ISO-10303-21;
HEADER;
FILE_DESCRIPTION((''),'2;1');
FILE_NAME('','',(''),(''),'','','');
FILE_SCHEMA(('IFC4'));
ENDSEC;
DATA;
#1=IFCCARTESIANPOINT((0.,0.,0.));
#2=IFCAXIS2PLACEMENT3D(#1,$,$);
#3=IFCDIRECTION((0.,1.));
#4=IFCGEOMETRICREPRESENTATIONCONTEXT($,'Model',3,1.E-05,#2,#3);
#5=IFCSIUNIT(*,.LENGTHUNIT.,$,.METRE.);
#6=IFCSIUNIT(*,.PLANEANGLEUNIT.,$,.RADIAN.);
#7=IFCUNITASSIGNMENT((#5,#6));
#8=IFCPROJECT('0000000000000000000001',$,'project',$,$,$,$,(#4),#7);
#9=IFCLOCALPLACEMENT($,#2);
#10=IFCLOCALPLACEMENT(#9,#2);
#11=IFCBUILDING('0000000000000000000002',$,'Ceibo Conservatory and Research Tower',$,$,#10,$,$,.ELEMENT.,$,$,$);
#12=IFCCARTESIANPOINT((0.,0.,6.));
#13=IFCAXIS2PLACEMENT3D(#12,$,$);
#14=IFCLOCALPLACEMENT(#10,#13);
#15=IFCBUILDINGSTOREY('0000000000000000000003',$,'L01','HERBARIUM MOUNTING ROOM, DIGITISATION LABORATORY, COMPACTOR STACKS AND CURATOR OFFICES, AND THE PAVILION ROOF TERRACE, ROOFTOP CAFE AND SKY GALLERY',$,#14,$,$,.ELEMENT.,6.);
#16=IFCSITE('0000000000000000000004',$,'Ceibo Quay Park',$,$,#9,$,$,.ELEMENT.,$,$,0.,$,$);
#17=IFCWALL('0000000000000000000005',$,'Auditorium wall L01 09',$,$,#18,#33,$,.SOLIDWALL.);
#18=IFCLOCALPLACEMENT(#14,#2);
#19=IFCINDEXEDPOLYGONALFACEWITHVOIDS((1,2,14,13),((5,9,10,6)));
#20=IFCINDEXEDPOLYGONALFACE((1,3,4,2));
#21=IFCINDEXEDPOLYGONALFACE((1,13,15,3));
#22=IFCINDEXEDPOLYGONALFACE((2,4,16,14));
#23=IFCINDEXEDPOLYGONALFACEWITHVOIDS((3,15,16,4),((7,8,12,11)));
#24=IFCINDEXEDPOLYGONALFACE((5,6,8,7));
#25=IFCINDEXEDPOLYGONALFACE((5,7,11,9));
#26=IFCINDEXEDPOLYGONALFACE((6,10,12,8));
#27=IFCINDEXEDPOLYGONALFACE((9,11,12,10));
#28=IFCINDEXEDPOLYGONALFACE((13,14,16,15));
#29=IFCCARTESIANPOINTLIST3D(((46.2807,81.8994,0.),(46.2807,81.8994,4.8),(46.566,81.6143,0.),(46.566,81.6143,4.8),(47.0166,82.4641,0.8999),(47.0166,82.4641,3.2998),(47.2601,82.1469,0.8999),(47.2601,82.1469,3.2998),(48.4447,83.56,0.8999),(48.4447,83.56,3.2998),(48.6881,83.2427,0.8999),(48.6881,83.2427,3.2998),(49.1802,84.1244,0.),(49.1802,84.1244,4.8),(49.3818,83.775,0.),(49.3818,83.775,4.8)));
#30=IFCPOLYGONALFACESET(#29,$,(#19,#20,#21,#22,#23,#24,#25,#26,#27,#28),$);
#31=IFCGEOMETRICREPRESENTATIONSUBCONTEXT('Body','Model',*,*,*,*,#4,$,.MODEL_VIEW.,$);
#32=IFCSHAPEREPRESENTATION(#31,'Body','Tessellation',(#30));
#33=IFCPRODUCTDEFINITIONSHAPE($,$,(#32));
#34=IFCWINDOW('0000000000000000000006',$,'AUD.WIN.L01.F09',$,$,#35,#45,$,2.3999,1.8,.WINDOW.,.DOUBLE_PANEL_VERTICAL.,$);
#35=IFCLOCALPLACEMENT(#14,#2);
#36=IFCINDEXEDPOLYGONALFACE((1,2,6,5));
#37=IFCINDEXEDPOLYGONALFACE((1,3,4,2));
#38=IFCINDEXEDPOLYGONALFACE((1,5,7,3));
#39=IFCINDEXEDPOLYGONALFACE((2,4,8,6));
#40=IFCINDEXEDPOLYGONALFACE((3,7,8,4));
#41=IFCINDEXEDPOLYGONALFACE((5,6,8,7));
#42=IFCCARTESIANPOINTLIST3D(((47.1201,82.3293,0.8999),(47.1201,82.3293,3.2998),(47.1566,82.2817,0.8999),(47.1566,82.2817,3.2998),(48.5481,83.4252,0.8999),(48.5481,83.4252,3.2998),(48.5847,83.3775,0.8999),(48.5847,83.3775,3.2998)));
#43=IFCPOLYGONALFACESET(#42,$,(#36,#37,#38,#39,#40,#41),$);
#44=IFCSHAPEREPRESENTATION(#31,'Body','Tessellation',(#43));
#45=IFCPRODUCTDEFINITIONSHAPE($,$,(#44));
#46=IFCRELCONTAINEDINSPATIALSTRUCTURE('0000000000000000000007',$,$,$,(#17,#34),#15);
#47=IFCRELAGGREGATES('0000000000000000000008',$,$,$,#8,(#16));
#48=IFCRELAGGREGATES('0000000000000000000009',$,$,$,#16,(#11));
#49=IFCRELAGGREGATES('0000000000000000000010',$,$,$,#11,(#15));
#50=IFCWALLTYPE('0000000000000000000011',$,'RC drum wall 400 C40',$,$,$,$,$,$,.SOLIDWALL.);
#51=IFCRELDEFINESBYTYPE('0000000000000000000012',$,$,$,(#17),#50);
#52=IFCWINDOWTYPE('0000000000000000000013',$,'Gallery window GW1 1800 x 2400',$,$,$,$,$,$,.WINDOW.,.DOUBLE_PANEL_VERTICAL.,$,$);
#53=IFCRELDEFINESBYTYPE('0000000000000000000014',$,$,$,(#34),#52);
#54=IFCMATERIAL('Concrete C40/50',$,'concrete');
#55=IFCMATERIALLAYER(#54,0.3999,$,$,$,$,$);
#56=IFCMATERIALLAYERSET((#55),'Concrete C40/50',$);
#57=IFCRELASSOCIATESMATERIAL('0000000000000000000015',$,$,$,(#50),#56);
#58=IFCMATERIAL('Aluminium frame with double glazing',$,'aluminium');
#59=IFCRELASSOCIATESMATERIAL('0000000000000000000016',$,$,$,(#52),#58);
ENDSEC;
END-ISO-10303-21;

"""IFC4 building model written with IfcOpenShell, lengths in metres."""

from ifc_helpers import new_model, si_unit, direction, frame, frame_2d, origin, place, context, subcontext, project, spatial, polyline, rectangle, outline, extrude, material, layer, layer_set, type_object, element, fill, save


model = new_model("IFC4")

# Units and contexts
model_context = context("Model", 3, precision=1e-05, world=origin(), true_north=direction((0.0, 1.0)))
body_context = subcontext(model_context, "Body", "Model", "MODEL_VIEW")
ifc_project = project(units=[si_unit("LENGTHUNIT", "METRE"), si_unit("PLANEANGLEUNIT", "RADIAN")], contexts=[model_context])

# Site, building, storey
site_placement = place(None, origin())
site = spatial("IfcSite", under=ifc_project, at=site_placement, Name="Ceibo Quay Park", CompositionType="ELEMENT", RefElevation=0.0)
building_placement = place(site_placement, origin())
building = spatial("IfcBuilding", under=site, at=building_placement, Name="Ceibo Conservatory and Research Tower", CompositionType="ELEMENT")
storey_placement = place(building_placement, frame((0.0, 0.0, 6.0)))
storey = spatial("IfcBuildingStorey", under=building, at=storey_placement, Name="L01", Description="HERBARIUM MOUNTING ROOM, DIGITISATION LABORATORY, COMPACTOR STACKS AND CURATOR OFFICES, AND THE PAVILION ROOF TERRACE, ROOFTOP CAFE AND SKY GALLERY", CompositionType="ELEMENT", Elevation=6.0)

# Shared definitions
ifc_material_1 = material(Name="Concrete C40/50", Category="concrete")
ifc_layer_1 = layer(ifc_material_1, 0.3999)
ifc_layer_set_1 = layer_set([ifc_layer_1], Name="Concrete C40/50")
wall_type_1 = type_object("IfcWallType", Name="RC drum wall 400 C40", PredefinedType="SOLIDWALL", material=ifc_layer_set_1)
ifc_material_2 = material(Name="Aluminium frame with double glazing", Category="aluminium")
window_type = type_object("IfcWindowType", Name="Gallery window GW1 1800 x 2400", PartitioningType="DOUBLE_PANEL_VERTICAL", PredefinedType="WINDOW", material=ifc_material_2)

# Wall, opening, window
wall_1_placement = place(storey_placement, frame((49.281, 83.9497, 0.0), z_axis=(0.0, 0.0, 1.0), x_axis=(-0.793339, -0.60878, 0.0)))
wall_1 = element("IfcWall", 1, at=wall_1_placement, inside=storey, type_object=wall_type_1, Name="Auditorium wall L01 09", PredefinedType="SOLIDWALL", context=body_context, shape_type="SweptSolid", body=[
    extrude(outline(polyline([(-0.0264, -0.2), (3.6284, -0.2), (3.5757, 0.2), (0.0264, 0.2), (-0.0264, -0.2)])), origin(), (0.0, 0.0, 1.0), 4.8),
])
opening_1_placement = place(wall_1_placement, frame((0.9009, 0.0, 0.8999)))
opening_1 = element("IfcOpeningElement", 2, at=opening_1_placement, cuts=wall_1, PredefinedType="OPENING", context=body_context, shape_type="SweptSolid", body=[
    extrude(rectangle(XDim=1.8, YDim=2.3999, at=frame_2d((0.8999, 1.2))), frame((0.0, 0.21, 0.0), z_axis=(0.0, -1.0, 0.0), x_axis=(1.0, 0.0, 0.0)), (0.0, 0.0, 1.0), 0.4199),
])
window_1_placement = place(opening_1_placement, origin())
window_1 = element("IfcWindow", 3, at=window_1_placement, inside=storey, type_object=window_type, Name="AUD.WIN.L01.F09", OverallHeight=2.3999, OverallWidth=1.8, PartitioningType="DOUBLE_PANEL_VERTICAL", PredefinedType="WINDOW", context=body_context, shape_type="SweptSolid", body=[
    extrude(rectangle(XDim=1.8, YDim=2.3999, at=frame_2d((0.8999, 1.2))), frame((0.0, 0.03, 0.0), z_axis=(0.0, -1.0, 0.0), x_axis=(1.0, 0.0, 0.0)), (0.0, 0.0, 1.0), 0.0601),
])
fill(opening_1, window_1)

save(model, "model.ifc")
